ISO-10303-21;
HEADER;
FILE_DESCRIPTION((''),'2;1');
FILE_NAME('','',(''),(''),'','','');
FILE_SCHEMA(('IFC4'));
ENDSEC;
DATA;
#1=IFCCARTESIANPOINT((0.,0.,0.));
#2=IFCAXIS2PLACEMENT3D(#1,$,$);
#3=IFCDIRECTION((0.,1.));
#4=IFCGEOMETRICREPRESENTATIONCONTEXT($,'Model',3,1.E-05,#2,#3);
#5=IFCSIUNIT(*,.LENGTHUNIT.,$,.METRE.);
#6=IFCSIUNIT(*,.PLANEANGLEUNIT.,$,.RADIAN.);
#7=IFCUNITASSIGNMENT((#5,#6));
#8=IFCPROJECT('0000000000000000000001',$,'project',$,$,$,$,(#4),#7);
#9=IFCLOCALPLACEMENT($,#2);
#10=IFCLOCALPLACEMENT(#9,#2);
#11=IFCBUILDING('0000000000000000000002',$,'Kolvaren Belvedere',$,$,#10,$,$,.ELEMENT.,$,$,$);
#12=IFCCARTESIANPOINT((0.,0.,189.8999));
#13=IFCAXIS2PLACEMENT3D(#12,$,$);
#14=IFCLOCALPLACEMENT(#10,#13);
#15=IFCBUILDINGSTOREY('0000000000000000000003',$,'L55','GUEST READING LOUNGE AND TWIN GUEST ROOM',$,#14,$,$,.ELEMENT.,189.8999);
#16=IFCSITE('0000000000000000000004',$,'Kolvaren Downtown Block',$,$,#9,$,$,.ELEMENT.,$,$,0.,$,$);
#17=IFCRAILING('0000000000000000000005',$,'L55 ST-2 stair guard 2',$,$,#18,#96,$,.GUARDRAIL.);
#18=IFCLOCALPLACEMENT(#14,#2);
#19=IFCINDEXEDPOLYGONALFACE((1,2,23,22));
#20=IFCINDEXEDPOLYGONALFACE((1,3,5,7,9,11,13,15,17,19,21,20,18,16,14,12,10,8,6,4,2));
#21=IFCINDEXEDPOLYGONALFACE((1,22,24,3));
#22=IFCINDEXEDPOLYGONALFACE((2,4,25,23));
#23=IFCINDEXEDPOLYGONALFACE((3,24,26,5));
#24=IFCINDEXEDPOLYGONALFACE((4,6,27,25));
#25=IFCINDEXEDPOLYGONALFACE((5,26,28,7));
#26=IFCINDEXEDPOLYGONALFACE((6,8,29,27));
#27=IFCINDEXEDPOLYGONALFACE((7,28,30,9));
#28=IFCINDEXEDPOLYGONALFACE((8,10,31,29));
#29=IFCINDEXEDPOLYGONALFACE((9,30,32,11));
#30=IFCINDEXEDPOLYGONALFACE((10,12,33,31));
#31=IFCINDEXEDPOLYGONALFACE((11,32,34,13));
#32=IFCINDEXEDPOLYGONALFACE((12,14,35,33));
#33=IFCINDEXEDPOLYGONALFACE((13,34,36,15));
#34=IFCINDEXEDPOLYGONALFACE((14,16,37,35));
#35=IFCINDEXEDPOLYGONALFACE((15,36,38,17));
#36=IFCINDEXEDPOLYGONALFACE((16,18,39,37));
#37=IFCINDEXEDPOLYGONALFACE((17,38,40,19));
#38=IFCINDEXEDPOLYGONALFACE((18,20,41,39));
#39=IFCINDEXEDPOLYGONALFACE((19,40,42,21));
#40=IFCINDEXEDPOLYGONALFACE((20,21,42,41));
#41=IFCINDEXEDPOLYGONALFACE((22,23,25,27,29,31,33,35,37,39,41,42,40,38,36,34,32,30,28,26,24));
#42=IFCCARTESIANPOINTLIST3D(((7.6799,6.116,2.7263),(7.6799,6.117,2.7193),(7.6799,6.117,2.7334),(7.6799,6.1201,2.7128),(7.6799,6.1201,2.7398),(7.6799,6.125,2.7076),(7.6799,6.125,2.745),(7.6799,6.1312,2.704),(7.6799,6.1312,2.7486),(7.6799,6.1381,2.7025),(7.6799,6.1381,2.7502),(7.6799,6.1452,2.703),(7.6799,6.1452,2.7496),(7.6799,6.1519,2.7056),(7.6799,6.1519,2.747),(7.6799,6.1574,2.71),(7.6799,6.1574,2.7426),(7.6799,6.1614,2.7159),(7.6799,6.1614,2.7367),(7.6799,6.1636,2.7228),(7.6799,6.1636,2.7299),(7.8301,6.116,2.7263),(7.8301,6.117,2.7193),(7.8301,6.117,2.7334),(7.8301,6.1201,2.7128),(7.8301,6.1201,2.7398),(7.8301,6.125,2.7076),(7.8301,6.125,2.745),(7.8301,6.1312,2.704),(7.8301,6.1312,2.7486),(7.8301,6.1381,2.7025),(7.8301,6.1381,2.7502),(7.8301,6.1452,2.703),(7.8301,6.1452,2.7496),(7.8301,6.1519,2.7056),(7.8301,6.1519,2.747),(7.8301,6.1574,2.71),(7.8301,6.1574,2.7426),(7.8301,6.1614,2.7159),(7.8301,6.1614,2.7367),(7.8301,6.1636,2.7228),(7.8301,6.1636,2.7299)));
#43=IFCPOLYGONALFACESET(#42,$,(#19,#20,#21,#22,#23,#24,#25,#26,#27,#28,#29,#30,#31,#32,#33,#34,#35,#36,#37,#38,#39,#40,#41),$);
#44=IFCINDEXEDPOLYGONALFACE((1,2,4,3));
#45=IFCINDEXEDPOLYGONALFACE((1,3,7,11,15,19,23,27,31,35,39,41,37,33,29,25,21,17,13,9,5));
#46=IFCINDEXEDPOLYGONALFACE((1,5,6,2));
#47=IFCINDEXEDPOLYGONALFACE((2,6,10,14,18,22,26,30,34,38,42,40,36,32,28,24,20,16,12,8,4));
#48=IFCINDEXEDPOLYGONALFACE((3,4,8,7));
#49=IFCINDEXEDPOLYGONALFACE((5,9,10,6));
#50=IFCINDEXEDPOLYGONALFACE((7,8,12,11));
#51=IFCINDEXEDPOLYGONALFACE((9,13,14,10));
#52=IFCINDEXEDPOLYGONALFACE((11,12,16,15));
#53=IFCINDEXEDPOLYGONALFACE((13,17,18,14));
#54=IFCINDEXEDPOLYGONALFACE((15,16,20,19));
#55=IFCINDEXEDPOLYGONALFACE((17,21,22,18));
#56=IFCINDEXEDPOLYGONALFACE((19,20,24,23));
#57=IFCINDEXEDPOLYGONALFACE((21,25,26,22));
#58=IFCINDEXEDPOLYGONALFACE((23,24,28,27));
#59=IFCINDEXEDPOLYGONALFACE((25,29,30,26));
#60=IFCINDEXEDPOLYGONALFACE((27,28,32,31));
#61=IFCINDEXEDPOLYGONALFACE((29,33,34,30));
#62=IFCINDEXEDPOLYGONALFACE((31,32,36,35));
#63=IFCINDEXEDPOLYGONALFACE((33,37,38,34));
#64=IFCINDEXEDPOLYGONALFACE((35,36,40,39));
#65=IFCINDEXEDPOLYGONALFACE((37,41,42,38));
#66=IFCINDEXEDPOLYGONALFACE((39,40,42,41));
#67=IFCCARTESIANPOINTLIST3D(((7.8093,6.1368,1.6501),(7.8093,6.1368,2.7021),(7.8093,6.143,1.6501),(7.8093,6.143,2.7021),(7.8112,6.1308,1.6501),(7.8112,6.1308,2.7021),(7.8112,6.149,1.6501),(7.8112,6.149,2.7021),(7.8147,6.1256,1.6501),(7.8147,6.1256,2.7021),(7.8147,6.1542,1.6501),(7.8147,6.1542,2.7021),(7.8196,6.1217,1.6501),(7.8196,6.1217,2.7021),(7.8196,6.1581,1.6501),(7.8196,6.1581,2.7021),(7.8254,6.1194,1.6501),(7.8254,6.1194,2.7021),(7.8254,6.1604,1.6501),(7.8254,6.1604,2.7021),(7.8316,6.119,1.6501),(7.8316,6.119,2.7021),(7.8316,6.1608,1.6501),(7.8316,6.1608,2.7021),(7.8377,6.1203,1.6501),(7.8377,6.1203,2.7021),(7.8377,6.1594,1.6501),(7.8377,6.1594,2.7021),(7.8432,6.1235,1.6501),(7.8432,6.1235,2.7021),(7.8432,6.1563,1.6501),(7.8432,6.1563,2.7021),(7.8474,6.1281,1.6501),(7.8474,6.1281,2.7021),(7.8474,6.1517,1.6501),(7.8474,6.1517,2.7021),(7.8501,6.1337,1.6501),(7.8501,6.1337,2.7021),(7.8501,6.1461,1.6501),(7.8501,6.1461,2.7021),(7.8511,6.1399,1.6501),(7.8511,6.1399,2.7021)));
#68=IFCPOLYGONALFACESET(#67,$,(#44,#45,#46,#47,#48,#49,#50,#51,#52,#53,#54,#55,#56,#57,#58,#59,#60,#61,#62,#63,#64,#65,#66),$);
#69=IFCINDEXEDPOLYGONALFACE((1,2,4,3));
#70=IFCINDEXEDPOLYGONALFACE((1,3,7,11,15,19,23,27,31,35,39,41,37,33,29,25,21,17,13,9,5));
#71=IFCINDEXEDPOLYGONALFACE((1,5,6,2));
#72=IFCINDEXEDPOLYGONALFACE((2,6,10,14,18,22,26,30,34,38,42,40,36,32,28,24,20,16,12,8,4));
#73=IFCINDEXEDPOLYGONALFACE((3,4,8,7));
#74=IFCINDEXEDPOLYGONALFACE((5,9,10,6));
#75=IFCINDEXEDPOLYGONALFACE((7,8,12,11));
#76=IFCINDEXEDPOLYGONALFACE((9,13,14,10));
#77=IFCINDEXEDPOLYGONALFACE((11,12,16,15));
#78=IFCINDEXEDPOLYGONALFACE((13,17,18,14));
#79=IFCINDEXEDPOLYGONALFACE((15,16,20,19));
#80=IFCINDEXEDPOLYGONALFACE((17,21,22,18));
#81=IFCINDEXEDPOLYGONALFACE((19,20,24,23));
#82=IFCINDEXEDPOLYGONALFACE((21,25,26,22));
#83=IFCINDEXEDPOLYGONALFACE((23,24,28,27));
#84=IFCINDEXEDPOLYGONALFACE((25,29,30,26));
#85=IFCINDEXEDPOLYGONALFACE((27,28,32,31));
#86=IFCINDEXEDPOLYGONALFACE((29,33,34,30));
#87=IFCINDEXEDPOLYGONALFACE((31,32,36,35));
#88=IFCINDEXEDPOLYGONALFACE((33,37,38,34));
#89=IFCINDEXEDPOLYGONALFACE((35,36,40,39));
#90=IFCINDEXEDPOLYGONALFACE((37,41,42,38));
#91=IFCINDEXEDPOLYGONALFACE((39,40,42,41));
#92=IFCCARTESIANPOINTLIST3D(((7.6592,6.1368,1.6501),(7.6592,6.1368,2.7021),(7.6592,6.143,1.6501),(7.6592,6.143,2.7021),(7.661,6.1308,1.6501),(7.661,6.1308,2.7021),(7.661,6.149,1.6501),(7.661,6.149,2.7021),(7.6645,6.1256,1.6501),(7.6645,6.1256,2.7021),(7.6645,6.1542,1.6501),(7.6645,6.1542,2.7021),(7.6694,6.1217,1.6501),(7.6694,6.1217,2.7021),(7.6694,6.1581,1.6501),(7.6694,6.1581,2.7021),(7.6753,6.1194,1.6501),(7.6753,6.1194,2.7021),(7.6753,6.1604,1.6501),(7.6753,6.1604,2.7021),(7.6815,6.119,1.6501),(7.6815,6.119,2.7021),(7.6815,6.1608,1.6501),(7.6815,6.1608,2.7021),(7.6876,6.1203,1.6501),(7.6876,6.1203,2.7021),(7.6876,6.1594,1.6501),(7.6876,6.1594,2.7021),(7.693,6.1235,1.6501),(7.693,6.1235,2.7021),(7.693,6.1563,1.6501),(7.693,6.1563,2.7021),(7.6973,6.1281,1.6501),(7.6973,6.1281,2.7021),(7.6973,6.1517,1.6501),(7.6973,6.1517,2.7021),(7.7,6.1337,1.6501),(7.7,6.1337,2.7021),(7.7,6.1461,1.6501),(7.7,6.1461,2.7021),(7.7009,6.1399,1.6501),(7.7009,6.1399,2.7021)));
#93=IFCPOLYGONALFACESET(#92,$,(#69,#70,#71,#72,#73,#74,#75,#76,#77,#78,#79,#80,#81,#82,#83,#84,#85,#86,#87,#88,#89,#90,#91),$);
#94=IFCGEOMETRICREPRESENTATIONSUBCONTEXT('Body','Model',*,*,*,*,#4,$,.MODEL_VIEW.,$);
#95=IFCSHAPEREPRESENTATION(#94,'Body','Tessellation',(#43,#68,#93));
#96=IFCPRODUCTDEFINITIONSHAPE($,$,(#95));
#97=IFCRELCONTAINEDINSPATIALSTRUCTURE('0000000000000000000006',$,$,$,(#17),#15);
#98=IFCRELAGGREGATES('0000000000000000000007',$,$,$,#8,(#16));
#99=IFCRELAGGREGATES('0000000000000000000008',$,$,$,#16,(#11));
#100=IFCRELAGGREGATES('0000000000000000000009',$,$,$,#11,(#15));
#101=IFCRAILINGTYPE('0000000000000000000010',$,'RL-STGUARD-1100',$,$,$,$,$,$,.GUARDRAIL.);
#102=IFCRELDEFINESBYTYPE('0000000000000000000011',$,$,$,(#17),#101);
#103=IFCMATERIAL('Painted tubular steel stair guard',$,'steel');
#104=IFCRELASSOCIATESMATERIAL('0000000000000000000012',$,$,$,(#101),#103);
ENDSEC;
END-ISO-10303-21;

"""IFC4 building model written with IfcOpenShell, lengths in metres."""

from ifc_helpers import new_model, si_unit, direction, frame, origin, origin_2d, place, context, subcontext, project, spatial, circle, extrude, material, type_object, element, save


model = new_model("IFC4")

# Units and contexts
model_context = context("Model", 3, precision=1e-05, world=origin(), true_north=direction((0.0, 1.0)))
body_context = subcontext(model_context, "Body", "Model", "MODEL_VIEW")
ifc_project = project(units=[si_unit("LENGTHUNIT", "METRE"), si_unit("PLANEANGLEUNIT", "RADIAN")], contexts=[model_context])

# Site, building, storey
site_placement = place(None, origin())
site = spatial("IfcSite", under=ifc_project, at=site_placement, Name="Kolvaren Downtown Block", CompositionType="ELEMENT", RefElevation=0.0)
building_placement = place(site_placement, origin())
building = spatial("IfcBuilding", under=site, at=building_placement, Name="Kolvaren Belvedere", CompositionType="ELEMENT")
storey_placement = place(building_placement, frame((0.0, 0.0, 189.8999)))
storey = spatial("IfcBuildingStorey", under=building, at=storey_placement, Name="L55", Description="GUEST READING LOUNGE AND TWIN GUEST ROOM", CompositionType="ELEMENT", Elevation=189.8999)

# Railing
ifc_material_1 = material(Name="Painted tubular steel stair guard", Category="steel")
railing_type_1 = type_object("IfcRailingType", Name="RL-STGUARD-1100", PredefinedType="GUARDRAIL", material=ifc_material_1)
railing_1_placement = place(storey_placement, frame((7.8301, 6.1399, 1.6501)))
element("IfcRailing", 1, at=railing_1_placement, inside=storey, type_object=railing_type_1, Name="L55 ST-2 stair guard 2", PredefinedType="GUARDRAIL", context=body_context, shape_type="SweptSolid", body=[
    extrude(circle(Radius=0.0239, at=origin_2d()), frame((0.0, 0.0, 1.0762), z_axis=(-1.0, 0.0, 0.0), x_axis=(0.0, -1.0, 0.0)), (0.0, 0.0, 1.0), 0.1501),
    extrude(circle(Radius=0.021, at=origin_2d()), origin(), (0.0, 0.0, 1.0), 1.052),
    extrude(circle(Radius=0.021, at=origin_2d()), frame((-0.1501, 0.0, 0.0)), (0.0, 0.0, 1.0), 1.052),
])

save(model, "model.ifc")
